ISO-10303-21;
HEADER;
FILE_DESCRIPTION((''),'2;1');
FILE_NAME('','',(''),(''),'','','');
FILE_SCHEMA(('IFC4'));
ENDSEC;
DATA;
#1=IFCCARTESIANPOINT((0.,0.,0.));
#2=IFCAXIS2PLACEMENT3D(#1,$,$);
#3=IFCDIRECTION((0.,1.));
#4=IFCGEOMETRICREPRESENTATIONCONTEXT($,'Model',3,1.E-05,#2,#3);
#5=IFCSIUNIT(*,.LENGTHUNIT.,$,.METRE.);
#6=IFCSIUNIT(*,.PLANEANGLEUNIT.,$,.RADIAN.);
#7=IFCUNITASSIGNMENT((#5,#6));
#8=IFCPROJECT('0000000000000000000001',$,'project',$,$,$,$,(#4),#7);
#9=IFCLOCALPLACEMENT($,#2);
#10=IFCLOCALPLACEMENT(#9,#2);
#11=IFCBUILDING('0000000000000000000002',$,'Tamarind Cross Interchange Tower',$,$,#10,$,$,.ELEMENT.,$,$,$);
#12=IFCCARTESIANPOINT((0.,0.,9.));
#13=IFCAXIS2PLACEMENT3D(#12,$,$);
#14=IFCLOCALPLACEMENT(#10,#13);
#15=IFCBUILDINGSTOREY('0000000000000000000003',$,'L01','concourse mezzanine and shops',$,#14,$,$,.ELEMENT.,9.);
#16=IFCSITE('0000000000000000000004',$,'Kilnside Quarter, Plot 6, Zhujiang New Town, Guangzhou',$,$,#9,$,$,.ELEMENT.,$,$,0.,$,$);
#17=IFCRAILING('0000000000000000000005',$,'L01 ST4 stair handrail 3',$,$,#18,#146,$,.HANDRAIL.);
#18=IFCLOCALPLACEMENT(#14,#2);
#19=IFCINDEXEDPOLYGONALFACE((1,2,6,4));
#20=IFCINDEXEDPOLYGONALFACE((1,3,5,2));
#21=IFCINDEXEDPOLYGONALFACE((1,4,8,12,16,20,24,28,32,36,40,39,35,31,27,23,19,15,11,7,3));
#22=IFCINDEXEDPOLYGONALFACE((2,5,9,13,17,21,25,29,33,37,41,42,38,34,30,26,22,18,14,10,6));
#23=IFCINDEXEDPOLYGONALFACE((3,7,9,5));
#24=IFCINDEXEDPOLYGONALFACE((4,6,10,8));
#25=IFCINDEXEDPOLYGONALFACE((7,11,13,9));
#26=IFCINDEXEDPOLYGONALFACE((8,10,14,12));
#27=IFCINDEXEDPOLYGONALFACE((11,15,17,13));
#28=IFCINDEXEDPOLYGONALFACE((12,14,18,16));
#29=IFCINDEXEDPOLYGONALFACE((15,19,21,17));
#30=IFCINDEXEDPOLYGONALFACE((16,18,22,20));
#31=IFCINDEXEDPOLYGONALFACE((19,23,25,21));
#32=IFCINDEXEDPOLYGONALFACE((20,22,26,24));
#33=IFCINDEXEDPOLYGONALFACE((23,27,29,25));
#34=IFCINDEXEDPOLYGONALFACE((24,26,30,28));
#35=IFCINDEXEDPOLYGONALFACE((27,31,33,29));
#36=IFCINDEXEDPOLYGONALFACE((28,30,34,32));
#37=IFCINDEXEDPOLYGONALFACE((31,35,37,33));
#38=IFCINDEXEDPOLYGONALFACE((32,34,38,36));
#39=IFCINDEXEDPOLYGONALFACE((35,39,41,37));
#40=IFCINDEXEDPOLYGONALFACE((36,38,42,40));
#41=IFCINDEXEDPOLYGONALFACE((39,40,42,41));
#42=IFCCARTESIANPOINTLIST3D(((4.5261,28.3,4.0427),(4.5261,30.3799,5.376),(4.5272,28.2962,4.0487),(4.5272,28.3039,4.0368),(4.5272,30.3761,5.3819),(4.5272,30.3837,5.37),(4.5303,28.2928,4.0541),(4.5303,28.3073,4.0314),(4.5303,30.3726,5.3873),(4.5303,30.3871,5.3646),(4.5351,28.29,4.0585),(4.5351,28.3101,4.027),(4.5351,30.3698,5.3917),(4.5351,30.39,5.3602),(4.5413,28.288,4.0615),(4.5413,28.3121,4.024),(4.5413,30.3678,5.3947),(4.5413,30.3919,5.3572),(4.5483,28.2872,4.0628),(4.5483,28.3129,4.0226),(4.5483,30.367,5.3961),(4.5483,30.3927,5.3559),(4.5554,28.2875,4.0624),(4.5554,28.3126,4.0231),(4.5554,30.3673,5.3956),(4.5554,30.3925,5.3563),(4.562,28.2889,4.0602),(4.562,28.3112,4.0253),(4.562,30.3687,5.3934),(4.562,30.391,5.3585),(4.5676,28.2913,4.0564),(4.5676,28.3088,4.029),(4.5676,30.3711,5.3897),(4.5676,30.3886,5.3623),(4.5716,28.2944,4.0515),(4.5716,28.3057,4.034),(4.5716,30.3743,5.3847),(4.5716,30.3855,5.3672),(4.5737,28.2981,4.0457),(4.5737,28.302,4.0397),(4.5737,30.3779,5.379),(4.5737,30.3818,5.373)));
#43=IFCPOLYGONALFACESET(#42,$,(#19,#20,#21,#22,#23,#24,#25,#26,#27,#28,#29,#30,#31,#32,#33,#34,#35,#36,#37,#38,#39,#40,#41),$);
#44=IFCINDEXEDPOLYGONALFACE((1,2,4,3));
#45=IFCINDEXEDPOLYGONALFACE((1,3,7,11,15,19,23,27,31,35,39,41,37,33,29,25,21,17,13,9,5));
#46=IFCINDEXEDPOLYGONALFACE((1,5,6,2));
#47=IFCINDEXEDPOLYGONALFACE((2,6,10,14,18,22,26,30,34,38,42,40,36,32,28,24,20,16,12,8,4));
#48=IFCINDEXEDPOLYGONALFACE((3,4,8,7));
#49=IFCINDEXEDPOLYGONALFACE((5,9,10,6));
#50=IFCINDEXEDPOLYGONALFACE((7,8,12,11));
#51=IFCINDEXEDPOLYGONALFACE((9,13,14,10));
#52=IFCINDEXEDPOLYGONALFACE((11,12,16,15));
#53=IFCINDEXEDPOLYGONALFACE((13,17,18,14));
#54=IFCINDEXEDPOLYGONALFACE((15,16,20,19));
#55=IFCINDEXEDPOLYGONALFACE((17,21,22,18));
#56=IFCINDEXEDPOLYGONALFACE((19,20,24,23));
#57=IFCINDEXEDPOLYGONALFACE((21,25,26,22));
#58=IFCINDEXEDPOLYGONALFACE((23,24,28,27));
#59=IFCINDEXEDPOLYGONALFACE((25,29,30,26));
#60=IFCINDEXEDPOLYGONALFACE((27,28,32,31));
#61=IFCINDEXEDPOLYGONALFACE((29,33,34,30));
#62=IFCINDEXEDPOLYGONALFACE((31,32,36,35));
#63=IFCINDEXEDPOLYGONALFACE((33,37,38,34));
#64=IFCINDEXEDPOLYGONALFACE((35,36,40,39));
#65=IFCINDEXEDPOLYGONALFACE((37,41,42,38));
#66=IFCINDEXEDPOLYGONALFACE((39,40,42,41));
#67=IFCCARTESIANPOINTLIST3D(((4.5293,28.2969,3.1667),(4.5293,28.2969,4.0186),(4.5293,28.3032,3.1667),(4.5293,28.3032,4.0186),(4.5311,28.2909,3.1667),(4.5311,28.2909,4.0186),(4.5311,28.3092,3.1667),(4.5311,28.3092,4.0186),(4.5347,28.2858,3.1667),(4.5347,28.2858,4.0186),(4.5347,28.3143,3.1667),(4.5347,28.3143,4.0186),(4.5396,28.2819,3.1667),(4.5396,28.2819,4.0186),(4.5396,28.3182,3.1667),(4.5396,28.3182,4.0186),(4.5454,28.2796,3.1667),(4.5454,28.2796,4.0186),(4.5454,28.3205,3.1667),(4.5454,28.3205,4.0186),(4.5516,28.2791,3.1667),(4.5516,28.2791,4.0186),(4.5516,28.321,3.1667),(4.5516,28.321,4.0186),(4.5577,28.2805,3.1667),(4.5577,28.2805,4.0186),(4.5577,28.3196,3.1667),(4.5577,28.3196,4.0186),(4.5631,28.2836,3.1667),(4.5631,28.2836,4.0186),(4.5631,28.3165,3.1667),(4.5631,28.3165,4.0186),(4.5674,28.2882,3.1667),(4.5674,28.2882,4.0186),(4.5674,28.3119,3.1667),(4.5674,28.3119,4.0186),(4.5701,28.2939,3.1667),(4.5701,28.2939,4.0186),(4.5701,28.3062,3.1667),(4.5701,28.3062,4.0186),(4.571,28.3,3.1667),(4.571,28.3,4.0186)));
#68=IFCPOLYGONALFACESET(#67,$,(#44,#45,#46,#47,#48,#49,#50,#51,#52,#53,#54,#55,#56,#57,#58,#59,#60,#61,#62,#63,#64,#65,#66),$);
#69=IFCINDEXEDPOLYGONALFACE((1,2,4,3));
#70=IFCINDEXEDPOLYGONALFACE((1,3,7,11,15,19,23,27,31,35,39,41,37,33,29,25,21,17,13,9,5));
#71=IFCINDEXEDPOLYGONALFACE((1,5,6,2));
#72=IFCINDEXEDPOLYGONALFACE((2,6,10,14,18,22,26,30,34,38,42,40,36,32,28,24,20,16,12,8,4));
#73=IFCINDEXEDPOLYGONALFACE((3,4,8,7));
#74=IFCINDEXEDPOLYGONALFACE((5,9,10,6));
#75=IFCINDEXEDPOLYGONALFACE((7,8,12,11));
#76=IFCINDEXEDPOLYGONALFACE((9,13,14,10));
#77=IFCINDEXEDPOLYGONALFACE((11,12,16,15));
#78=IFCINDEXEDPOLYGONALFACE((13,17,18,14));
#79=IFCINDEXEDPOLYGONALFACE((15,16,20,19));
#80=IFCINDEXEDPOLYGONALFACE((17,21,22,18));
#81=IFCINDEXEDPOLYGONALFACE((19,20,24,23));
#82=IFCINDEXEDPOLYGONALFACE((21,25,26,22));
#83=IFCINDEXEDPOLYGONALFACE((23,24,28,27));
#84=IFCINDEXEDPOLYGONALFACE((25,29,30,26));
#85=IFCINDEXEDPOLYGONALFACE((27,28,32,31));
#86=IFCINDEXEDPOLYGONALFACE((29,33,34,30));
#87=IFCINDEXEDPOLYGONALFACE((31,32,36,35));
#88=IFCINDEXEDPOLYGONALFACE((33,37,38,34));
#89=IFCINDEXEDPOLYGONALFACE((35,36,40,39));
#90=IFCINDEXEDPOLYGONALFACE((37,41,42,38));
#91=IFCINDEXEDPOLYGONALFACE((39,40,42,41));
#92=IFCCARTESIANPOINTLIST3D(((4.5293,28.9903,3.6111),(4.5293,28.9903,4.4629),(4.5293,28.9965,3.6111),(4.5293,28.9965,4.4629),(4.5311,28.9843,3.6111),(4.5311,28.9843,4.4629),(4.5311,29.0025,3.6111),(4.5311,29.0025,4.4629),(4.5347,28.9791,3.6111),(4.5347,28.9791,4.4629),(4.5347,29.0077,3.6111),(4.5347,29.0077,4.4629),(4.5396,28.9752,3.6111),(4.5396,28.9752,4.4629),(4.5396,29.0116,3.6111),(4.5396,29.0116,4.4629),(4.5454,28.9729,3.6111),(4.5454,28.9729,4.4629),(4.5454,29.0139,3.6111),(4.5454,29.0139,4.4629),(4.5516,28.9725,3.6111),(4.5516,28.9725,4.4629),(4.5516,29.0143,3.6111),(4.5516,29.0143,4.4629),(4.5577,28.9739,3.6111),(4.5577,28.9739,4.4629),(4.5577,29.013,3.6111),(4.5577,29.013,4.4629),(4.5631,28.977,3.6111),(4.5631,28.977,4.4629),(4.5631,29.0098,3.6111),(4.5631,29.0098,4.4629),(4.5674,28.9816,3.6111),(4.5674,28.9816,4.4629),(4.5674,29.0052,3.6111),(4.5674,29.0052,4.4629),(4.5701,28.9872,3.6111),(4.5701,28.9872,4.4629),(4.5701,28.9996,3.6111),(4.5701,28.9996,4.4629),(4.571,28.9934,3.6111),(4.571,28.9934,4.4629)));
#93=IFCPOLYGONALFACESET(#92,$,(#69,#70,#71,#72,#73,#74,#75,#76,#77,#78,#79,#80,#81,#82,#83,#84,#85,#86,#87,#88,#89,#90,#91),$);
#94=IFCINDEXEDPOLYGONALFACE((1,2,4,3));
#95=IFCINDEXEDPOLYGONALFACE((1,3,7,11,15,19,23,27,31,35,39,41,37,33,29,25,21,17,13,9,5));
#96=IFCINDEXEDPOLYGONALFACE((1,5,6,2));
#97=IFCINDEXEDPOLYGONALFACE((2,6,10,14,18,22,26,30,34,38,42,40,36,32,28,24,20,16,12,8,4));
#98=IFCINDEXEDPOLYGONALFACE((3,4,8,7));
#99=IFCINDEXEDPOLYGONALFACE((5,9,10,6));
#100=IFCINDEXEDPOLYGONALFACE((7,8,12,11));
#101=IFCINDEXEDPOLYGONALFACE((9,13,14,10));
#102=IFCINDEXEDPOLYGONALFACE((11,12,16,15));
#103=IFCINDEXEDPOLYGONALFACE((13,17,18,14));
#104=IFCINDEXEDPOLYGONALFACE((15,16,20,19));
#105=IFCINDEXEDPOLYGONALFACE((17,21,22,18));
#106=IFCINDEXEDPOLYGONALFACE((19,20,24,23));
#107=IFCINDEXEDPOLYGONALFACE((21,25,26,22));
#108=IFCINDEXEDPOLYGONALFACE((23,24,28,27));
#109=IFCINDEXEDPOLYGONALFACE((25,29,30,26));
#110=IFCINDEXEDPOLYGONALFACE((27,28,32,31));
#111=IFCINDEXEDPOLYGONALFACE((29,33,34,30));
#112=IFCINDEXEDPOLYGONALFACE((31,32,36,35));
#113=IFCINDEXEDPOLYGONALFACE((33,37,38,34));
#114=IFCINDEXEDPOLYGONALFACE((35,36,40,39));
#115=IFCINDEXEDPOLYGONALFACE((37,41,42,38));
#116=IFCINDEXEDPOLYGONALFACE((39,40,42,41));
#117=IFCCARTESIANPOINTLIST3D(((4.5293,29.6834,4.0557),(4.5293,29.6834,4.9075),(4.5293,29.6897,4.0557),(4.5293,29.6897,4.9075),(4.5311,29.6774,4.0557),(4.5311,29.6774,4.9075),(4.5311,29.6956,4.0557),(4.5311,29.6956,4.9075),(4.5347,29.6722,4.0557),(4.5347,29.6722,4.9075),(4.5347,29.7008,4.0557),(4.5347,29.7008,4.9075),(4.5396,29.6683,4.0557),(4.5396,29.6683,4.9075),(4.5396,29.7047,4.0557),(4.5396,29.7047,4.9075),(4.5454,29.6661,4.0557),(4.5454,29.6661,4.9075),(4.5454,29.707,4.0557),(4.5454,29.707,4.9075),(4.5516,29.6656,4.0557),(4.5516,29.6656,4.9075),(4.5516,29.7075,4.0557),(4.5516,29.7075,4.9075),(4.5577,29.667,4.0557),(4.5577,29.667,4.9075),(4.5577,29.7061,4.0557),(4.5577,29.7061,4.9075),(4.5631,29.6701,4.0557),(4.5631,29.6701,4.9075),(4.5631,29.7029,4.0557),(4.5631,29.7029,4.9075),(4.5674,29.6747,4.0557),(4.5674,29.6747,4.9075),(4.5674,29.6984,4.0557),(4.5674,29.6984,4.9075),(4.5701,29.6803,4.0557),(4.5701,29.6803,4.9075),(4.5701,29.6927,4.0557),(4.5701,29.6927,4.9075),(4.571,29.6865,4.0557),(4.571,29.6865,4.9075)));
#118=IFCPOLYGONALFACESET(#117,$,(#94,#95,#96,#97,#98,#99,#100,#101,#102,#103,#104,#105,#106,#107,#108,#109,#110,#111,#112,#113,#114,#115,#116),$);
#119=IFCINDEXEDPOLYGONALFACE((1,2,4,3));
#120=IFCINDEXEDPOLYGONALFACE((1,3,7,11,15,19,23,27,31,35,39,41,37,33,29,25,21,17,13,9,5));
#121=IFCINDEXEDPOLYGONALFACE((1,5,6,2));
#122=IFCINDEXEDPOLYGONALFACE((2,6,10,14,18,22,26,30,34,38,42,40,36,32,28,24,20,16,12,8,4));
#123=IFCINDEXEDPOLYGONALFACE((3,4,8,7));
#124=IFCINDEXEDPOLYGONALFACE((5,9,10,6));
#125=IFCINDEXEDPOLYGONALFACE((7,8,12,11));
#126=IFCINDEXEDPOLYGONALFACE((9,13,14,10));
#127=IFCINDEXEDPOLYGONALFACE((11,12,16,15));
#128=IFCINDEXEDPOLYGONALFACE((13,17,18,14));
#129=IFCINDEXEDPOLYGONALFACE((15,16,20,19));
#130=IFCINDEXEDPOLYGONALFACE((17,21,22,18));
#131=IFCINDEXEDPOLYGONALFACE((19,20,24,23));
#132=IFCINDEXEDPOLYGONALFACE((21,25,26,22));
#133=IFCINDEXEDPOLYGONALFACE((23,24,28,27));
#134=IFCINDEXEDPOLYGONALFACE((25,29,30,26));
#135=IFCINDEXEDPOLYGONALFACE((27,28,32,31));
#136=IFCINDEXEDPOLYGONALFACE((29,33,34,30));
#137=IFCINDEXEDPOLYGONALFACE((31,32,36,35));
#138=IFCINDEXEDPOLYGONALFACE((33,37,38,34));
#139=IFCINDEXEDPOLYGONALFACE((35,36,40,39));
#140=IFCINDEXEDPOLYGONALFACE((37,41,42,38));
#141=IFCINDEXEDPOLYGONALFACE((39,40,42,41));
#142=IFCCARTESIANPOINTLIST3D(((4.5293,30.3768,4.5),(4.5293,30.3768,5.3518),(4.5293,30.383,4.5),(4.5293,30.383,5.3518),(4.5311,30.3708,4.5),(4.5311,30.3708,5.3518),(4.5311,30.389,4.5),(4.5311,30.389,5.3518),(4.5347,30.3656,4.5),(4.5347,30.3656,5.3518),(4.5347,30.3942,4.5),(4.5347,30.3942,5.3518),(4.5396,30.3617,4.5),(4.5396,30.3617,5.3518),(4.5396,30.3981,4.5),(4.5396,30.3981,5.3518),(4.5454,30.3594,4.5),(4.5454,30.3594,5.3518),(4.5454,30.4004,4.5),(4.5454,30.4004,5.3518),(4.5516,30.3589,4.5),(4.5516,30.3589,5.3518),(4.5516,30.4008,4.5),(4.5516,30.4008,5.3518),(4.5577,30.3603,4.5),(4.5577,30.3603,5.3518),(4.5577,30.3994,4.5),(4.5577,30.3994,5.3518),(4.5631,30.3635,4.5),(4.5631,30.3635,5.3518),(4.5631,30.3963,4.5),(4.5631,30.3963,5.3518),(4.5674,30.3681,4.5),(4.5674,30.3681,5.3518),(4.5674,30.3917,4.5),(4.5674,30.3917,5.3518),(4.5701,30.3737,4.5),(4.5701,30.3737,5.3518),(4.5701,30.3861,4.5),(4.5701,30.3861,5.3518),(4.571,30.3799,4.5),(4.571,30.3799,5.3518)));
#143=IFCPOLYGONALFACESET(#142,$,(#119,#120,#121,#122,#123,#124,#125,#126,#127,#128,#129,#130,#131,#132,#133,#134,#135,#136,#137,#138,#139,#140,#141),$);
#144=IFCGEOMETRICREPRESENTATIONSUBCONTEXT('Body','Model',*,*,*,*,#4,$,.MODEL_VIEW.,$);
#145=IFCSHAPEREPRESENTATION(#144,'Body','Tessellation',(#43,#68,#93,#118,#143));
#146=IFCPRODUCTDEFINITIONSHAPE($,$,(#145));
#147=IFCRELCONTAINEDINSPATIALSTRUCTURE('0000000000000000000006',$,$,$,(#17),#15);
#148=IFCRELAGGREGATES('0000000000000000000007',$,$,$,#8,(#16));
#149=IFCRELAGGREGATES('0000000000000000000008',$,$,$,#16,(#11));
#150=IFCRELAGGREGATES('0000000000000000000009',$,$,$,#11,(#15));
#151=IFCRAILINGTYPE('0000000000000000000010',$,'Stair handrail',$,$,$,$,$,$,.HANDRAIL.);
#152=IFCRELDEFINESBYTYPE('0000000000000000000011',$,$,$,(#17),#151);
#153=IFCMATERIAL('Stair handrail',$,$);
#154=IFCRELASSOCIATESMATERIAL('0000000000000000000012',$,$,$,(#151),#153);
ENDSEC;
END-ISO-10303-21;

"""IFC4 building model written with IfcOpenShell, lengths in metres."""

from ifc_helpers import new_model, si_unit, direction, frame, origin, origin_2d, place, context, subcontext, project, spatial, circle, extrude, material, type_object, element, save


model = new_model("IFC4")

# Units and contexts
model_context = context("Model", 3, precision=1e-05, world=origin(), true_north=direction((0.0, 1.0)))
body_context = subcontext(model_context, "Body", "Model", "MODEL_VIEW")
ifc_project = project(units=[si_unit("LENGTHUNIT", "METRE"), si_unit("PLANEANGLEUNIT", "RADIAN")], contexts=[model_context])

# Site, building, storey
site_placement = place(None, origin())
site = spatial("IfcSite", under=ifc_project, at=site_placement, Name="Kilnside Quarter, Plot 6, Zhujiang New Town, Guangzhou", CompositionType="ELEMENT", RefElevation=0.0)
building_placement = place(site_placement, origin())
building = spatial("IfcBuilding", under=site, at=building_placement, Name="Tamarind Cross Interchange Tower", CompositionType="ELEMENT")
storey_placement = place(building_placement, frame((0.0, 0.0, 9.0)))
storey = spatial("IfcBuildingStorey", under=building, at=storey_placement, Name="L01", Description="concourse mezzanine and shops", CompositionType="ELEMENT", Elevation=9.0)

# Railing
ifc_material_1 = material(Name="Stair handrail")
railing_type_1 = type_object("IfcRailingType", Name="Stair handrail", PredefinedType="HANDRAIL", material=ifc_material_1)
railing_1_placement = place(storey_placement, frame((4.55, 28.3, 3.1667)))
element("IfcRailing", 1, at=railing_1_placement, inside=storey, type_object=railing_type_1, Name="L01 ST4 stair handrail 3", PredefinedType="HANDRAIL", context=body_context, shape_type="SweptSolid", body=[
    extrude(circle(Radius=0.0239, at=origin_2d()), frame((0.0, 0.0, 0.876), z_axis=(0.0, 0.841875, 0.539673), x_axis=(-1.0, 0.0, 0.0)), (0.0, 0.0, 1.0), 2.4705),
    extrude(circle(Radius=0.021, at=origin_2d()), origin(), (0.0, 0.0, 1.0), 0.8518),
    extrude(circle(Radius=0.021, at=origin_2d()), frame((0.0, 0.6934, 0.4443)), (0.0, 0.0, 1.0), 0.8518),
    extrude(circle(Radius=0.021, at=origin_2d()), frame((0.0, 1.3865, 0.8889)), (0.0, 0.0, 1.0), 0.8518),
    extrude(circle(Radius=0.021, at=origin_2d()), frame((0.0, 2.0798, 1.3333)), (0.0, 0.0, 1.0), 0.8518),
])

save(model, "model.ifc")
